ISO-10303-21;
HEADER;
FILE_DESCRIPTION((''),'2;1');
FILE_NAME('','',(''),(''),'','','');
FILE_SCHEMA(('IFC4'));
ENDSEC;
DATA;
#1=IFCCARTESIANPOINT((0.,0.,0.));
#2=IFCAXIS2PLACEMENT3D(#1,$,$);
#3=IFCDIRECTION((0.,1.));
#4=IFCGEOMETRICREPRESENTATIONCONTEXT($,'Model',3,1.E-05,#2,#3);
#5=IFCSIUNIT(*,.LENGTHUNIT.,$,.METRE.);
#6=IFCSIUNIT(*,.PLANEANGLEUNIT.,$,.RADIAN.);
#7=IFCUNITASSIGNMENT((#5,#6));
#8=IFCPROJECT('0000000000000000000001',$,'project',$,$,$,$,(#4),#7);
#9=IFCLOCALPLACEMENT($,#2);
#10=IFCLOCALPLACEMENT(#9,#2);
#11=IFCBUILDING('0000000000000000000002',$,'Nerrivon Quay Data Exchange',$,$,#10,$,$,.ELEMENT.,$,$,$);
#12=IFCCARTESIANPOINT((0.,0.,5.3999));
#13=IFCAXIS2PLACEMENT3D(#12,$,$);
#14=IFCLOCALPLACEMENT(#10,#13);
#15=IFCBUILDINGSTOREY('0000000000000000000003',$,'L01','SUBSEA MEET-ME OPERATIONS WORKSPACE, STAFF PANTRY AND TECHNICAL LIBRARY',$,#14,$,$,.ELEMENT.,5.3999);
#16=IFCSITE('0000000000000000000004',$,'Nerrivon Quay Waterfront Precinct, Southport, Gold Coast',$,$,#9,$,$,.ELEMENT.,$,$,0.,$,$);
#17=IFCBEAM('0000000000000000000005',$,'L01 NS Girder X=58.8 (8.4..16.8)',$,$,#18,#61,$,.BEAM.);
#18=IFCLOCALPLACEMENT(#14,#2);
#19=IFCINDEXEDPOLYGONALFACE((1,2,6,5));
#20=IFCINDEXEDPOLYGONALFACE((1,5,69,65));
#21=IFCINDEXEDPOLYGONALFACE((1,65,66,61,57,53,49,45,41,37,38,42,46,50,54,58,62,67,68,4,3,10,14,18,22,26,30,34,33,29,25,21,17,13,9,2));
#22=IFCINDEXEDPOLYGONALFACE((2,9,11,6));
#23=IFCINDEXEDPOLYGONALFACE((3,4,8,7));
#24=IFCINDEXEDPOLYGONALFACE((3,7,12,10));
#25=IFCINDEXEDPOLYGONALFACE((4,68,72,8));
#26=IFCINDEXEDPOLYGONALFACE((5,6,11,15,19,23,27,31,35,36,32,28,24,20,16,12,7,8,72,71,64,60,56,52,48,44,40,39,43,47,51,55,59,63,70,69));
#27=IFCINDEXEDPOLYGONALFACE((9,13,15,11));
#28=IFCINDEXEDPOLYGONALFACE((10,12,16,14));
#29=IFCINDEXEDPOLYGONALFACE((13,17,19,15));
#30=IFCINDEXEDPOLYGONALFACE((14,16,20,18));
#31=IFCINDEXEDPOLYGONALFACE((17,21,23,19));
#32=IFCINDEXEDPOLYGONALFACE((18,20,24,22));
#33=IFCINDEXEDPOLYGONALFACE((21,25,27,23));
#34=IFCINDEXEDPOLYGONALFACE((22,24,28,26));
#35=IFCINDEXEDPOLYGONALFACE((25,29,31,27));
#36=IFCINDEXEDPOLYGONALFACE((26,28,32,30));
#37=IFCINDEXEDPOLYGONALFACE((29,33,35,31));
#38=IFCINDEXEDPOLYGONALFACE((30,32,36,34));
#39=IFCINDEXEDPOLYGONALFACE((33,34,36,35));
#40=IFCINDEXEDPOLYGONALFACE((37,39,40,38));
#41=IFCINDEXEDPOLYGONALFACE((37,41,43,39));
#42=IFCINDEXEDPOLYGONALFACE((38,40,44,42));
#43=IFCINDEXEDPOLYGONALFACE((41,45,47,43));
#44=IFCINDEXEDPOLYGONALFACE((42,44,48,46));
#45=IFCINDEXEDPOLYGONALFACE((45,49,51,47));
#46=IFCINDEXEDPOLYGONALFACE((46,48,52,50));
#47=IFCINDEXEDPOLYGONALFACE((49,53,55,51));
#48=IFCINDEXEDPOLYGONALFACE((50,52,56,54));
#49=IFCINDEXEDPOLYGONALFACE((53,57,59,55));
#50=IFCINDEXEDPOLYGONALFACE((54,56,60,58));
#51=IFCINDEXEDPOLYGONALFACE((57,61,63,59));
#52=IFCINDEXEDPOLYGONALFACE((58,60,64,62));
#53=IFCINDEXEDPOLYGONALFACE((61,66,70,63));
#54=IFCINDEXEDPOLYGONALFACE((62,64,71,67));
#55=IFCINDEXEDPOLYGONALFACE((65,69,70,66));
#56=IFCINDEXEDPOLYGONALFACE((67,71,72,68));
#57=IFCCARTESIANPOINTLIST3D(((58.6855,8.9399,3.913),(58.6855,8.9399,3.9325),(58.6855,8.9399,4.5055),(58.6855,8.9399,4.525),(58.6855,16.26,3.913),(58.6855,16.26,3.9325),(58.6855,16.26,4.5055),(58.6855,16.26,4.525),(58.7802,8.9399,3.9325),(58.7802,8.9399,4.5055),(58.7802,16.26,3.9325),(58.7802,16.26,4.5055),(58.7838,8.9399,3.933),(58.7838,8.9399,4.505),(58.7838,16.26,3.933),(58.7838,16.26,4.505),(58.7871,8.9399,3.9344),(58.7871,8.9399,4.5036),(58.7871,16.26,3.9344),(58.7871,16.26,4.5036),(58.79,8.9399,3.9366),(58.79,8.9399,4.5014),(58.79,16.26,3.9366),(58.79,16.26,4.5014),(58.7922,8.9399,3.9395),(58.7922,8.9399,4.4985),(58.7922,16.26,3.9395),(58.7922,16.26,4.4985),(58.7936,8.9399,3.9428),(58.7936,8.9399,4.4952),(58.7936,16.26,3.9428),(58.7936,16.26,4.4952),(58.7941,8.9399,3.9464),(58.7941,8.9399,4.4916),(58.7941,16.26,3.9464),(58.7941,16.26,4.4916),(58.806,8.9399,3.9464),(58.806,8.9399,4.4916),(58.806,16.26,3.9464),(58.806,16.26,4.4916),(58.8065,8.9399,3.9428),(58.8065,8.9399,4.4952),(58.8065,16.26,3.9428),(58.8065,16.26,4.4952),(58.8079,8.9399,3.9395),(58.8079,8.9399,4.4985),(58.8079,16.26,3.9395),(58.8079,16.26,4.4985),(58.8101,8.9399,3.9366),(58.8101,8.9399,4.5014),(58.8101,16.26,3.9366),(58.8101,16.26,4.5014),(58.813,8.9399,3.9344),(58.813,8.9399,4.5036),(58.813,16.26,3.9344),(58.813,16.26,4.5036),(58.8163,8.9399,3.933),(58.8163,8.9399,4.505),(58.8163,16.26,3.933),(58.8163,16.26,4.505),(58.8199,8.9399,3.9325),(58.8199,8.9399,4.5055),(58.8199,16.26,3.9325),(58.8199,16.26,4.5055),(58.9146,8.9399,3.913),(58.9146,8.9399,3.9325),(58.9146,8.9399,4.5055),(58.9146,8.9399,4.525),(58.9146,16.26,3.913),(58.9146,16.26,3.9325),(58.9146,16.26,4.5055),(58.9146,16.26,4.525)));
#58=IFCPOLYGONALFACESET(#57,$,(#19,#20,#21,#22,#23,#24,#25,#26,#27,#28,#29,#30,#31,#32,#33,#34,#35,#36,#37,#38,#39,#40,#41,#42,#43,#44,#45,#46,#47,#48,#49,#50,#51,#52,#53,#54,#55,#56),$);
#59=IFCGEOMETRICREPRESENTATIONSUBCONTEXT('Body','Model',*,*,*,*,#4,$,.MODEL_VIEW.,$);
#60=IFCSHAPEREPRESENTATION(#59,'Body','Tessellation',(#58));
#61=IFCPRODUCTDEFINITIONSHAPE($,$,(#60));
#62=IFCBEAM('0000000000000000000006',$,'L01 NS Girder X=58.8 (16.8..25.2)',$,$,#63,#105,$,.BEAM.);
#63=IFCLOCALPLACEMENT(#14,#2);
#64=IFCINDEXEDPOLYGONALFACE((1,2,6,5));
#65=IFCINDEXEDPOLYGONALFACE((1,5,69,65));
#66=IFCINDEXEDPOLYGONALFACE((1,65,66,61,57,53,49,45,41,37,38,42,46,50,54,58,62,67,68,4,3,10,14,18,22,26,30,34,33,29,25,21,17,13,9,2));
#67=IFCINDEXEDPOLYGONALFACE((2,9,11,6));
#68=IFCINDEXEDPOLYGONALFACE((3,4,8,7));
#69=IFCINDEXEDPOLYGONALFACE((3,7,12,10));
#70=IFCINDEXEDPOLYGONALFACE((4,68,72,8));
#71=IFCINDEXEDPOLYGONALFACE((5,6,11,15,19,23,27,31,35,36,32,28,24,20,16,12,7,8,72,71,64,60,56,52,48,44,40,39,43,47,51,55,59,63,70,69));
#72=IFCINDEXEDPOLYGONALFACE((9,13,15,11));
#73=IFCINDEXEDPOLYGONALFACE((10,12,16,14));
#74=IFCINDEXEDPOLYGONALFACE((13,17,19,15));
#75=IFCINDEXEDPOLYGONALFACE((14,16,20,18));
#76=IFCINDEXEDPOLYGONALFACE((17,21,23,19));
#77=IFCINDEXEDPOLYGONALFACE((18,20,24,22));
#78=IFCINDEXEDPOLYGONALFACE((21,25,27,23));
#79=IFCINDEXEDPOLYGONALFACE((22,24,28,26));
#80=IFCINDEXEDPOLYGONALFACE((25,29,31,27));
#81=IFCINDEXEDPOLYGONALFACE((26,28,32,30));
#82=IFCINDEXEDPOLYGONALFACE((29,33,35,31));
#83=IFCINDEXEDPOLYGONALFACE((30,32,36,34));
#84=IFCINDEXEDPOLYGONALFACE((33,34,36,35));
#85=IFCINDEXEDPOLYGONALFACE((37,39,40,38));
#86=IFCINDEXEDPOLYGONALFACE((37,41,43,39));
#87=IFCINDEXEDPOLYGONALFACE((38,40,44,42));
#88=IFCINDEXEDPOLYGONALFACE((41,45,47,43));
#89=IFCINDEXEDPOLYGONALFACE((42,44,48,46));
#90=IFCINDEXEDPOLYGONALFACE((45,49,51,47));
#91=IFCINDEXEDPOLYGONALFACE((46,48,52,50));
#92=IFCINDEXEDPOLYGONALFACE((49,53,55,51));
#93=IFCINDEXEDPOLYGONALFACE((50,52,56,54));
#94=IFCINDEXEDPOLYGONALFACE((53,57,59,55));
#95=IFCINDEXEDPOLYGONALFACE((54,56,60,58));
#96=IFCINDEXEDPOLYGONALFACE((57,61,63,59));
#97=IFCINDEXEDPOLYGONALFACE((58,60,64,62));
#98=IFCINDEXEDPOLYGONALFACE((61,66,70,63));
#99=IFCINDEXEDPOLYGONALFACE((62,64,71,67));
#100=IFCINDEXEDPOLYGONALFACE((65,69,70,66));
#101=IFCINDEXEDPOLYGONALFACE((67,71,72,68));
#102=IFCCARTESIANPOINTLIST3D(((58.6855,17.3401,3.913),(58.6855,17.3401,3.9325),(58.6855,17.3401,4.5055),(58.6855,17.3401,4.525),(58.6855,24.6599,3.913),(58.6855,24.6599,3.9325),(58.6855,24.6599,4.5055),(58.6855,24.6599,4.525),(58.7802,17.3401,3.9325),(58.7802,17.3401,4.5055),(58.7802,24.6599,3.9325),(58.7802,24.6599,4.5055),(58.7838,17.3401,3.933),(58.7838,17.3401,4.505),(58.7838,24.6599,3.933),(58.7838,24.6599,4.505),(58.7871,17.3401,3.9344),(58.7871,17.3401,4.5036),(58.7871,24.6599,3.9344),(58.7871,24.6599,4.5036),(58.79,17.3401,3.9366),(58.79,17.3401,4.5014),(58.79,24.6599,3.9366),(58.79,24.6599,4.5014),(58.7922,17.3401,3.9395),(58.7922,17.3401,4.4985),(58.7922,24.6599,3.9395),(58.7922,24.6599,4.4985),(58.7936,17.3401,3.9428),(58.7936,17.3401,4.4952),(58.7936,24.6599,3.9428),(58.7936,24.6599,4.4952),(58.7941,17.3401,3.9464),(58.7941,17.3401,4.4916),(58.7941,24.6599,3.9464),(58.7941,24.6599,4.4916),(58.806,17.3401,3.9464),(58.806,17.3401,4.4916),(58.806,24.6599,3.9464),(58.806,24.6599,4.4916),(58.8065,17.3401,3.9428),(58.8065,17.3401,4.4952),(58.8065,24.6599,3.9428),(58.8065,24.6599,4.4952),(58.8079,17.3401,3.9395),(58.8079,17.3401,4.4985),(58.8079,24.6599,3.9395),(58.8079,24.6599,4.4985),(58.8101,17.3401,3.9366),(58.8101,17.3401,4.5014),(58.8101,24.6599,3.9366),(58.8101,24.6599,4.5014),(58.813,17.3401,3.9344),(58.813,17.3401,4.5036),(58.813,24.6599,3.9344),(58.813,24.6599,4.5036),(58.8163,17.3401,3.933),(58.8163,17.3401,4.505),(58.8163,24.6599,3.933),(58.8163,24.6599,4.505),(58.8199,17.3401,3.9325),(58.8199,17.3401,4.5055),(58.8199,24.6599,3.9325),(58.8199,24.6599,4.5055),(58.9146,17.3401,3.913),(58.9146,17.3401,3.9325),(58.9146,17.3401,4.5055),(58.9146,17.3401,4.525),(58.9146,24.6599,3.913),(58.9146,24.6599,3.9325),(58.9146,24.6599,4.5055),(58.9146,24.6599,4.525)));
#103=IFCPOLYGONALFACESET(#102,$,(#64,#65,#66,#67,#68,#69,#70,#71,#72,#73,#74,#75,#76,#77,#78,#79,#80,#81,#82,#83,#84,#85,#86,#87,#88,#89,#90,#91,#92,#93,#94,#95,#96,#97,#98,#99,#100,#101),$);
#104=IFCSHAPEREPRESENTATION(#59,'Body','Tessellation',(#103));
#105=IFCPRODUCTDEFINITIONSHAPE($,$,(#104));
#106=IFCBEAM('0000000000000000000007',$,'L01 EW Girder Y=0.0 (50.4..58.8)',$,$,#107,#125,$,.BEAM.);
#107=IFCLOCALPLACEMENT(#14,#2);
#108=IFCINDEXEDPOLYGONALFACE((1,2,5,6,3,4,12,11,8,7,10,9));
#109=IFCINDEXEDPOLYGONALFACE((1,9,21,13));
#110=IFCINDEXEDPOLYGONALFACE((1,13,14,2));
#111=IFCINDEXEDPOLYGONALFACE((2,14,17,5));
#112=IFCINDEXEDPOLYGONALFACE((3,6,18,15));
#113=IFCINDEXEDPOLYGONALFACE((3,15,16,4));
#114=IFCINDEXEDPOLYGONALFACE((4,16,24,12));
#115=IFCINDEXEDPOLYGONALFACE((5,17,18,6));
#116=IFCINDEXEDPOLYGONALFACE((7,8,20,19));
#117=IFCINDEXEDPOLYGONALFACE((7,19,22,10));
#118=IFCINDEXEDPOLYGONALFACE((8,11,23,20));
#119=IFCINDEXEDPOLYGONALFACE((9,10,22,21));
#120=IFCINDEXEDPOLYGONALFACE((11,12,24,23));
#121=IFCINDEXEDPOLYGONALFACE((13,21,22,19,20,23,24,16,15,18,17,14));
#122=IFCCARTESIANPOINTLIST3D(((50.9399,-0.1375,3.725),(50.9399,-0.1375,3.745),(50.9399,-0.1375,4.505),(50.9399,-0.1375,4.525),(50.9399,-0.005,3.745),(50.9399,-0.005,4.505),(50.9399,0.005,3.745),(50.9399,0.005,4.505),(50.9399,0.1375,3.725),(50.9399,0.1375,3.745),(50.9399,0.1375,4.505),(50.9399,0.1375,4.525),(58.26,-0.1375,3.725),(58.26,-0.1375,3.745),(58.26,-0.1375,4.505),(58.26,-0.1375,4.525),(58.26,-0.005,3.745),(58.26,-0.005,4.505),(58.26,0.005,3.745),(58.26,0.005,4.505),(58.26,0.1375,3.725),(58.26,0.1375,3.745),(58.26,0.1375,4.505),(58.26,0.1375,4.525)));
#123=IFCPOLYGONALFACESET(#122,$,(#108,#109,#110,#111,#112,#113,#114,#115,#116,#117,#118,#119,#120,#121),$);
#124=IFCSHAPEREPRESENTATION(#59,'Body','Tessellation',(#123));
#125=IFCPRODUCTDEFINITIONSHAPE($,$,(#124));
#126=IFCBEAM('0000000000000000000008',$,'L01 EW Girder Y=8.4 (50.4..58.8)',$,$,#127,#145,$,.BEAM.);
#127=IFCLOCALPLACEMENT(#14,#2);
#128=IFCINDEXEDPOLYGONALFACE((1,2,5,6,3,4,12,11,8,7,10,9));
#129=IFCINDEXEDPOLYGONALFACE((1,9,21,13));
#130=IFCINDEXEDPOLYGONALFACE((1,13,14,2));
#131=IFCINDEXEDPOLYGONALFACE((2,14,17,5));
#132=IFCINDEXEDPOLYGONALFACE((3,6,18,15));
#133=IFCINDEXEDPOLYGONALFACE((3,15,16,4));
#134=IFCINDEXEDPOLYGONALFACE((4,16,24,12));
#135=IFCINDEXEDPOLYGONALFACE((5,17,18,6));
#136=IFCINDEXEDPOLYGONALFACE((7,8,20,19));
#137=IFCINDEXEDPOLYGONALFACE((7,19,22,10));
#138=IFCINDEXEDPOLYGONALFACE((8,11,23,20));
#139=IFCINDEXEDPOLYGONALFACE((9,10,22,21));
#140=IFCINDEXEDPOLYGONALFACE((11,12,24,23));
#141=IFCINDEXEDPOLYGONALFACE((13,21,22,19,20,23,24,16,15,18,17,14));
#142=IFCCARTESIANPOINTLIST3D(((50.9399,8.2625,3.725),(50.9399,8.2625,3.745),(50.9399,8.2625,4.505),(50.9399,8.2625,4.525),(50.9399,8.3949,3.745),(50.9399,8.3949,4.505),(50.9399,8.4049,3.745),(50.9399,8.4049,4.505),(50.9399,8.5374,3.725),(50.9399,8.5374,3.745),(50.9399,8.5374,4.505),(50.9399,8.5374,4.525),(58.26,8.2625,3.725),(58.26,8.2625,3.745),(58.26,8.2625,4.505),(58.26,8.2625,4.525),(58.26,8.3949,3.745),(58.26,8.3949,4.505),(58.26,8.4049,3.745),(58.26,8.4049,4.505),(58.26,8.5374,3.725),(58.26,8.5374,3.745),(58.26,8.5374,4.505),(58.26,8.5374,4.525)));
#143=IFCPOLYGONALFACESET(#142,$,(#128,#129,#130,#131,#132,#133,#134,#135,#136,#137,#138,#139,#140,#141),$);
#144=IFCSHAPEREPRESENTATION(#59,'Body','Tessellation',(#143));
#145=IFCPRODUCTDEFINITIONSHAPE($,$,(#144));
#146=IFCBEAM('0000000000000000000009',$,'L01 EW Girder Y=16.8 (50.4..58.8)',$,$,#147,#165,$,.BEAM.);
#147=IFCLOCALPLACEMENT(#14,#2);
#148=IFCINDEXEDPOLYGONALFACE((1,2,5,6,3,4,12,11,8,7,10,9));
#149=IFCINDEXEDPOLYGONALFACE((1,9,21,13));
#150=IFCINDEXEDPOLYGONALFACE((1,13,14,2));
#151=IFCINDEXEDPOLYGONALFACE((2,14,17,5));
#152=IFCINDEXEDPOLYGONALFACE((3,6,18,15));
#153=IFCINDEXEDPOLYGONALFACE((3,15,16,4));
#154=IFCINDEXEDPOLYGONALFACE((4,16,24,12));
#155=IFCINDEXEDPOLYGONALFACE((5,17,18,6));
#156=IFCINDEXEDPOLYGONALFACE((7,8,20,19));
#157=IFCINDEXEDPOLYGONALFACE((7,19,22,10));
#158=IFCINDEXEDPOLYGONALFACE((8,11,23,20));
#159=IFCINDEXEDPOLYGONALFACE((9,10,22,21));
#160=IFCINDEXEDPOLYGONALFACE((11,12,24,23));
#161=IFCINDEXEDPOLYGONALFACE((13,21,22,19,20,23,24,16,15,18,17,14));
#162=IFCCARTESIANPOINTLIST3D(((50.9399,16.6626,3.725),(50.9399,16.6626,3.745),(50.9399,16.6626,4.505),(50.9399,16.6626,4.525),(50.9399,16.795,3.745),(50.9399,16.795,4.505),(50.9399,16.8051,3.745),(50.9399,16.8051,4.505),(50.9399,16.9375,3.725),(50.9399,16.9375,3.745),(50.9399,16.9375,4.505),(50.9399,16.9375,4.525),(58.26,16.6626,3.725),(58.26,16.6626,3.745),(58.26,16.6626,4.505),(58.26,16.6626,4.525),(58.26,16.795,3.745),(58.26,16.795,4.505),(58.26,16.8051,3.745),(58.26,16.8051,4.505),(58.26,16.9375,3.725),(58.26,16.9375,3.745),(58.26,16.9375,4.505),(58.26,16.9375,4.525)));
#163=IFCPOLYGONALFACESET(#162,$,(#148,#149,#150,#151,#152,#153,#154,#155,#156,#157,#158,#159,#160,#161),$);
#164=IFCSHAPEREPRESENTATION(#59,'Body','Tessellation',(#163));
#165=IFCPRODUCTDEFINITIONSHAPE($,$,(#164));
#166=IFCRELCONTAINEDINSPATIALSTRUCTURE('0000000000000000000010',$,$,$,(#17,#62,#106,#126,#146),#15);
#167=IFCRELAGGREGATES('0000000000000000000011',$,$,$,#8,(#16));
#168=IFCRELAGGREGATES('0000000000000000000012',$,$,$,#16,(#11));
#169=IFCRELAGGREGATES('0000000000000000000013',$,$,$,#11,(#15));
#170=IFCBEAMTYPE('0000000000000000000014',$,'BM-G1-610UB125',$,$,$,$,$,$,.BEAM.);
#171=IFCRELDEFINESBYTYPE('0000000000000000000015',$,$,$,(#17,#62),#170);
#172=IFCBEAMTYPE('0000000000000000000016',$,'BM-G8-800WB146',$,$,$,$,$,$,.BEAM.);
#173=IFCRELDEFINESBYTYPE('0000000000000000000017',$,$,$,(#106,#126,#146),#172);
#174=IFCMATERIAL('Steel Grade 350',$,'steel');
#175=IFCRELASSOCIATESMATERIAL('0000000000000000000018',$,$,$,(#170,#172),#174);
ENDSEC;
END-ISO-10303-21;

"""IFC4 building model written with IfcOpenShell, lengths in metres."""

from ifc_helpers import new_model, si_unit, direction, frame, origin, origin_2d, place, context, subcontext, project, spatial, i_section, extrude, material, material_profile, profile_set, type_object, element, save


model = new_model("IFC4")

# Units and contexts
model_context = context("Model", 3, precision=1e-05, world=origin(), true_north=direction((0.0, 1.0)))
body_context = subcontext(model_context, "Body", "Model", "MODEL_VIEW")
ifc_project = project(units=[si_unit("LENGTHUNIT", "METRE"), si_unit("PLANEANGLEUNIT", "RADIAN")], contexts=[model_context])

# Site, building, storey
site_placement = place(None, origin())
site = spatial("IfcSite", under=ifc_project, at=site_placement, Name="Nerrivon Quay Waterfront Precinct, Southport, Gold Coast", CompositionType="ELEMENT", RefElevation=0.0)
building_placement = place(site_placement, origin())
building = spatial("IfcBuilding", under=site, at=building_placement, Name="Nerrivon Quay Data Exchange", CompositionType="ELEMENT")
storey_placement = place(building_placement, frame((0.0, 0.0, 5.3999)))
storey = spatial("IfcBuildingStorey", under=building, at=storey_placement, Name="L01", Description="SUBSEA MEET-ME OPERATIONS WORKSPACE, STAFF PANTRY AND TECHNICAL LIBRARY", CompositionType="ELEMENT", Elevation=5.3999)

# Beams
ifc_material_1 = material(Name="Steel Grade 350", Category="steel")
ifc_material_profile_1 = material_profile(ifc_material_1, i_section(OverallWidth=0.229, OverallDepth=0.6121, WebThickness=0.012, FlangeThickness=0.0195, FilletRadius=0.0139, at=origin_2d()), Name="610UB125")
ifc_profile_set_1 = profile_set([ifc_material_profile_1], Name="Steel Grade 350")
beam_type_1 = type_object("IfcBeamType", Name="BM-G1-610UB125", PredefinedType="BEAM", material=ifc_profile_set_1)
for number, where, z_axis, x_axis, name in (
    (1, (58.8, 8.9399, 4.219), (0.0, 1.0, 0.0), (-1.0, 0.0, 0.0), "L01 NS Girder X=58.8 (8.4..16.8)"),
):
    element("IfcBeam", number, at=place(storey_placement, frame(where, z_axis=z_axis, x_axis=x_axis)), inside=storey, type_object=beam_type_1, Name=name, PredefinedType="BEAM", context=body_context, shape_type="SweptSolid", body=[
        extrude(i_section(OverallWidth=0.229, OverallDepth=0.6121, WebThickness=0.012, FlangeThickness=0.0195, FilletRadius=0.0139, at=origin_2d()), origin(), (0.0, 0.0, 1.0), 7.3201),
    ])
beam_1_placement = place(storey_placement, frame((58.8, 17.3401, 4.219), z_axis=(0.0, 1.0, 0.0), x_axis=(-1.0, 0.0, 0.0)))
element("IfcBeam", 2, at=beam_1_placement, inside=storey, type_object=beam_type_1, Name="L01 NS Girder X=58.8 (16.8..25.2)", PredefinedType="BEAM", context=body_context, shape_type="SweptSolid", body=[
    extrude(i_section(OverallWidth=0.229, OverallDepth=0.6121, WebThickness=0.012, FlangeThickness=0.0195, FilletRadius=0.0139, at=origin_2d()), origin(), (0.0, 0.0, 1.0), 7.3198),
])
ifc_material_profile_2 = material_profile(ifc_material_1, i_section(OverallWidth=0.2749, OverallDepth=0.8, WebThickness=0.01, FlangeThickness=0.02, at=origin_2d()), Name="800WB146")
ifc_profile_set_2 = profile_set([ifc_material_profile_2], Name="Steel Grade 350")
beam_type_2 = type_object("IfcBeamType", Name="BM-G8-800WB146", PredefinedType="BEAM", material=ifc_profile_set_2)
for number, where, z_axis, x_axis, name in (
    (3, (50.9399, 0.0, 4.125), (1.0, 0.0, 0.0), (0.0, 1.0, 0.0), "L01 EW Girder Y=0.0 (50.4..58.8)"),
    (4, (50.9399, 8.3999, 4.125), (1.0, 0.0, 0.0), (0.0, 1.0, 0.0), "L01 EW Girder Y=8.4 (50.4..58.8)"),
    (5, (50.9399, 16.8, 4.125), (1.0, 0.0, 0.0), (0.0, 1.0, 0.0), "L01 EW Girder Y=16.8 (50.4..58.8)"),
):
    element("IfcBeam", number, at=place(storey_placement, frame(where, z_axis=z_axis, x_axis=x_axis)), inside=storey, type_object=beam_type_2, Name=name, PredefinedType="BEAM", context=body_context, shape_type="SweptSolid", body=[
        extrude(i_section(OverallWidth=0.2749, OverallDepth=0.8, WebThickness=0.01, FlangeThickness=0.02, at=origin_2d()), origin(), (0.0, 0.0, 1.0), 7.3201),
    ])

save(model, "model.ifc")
